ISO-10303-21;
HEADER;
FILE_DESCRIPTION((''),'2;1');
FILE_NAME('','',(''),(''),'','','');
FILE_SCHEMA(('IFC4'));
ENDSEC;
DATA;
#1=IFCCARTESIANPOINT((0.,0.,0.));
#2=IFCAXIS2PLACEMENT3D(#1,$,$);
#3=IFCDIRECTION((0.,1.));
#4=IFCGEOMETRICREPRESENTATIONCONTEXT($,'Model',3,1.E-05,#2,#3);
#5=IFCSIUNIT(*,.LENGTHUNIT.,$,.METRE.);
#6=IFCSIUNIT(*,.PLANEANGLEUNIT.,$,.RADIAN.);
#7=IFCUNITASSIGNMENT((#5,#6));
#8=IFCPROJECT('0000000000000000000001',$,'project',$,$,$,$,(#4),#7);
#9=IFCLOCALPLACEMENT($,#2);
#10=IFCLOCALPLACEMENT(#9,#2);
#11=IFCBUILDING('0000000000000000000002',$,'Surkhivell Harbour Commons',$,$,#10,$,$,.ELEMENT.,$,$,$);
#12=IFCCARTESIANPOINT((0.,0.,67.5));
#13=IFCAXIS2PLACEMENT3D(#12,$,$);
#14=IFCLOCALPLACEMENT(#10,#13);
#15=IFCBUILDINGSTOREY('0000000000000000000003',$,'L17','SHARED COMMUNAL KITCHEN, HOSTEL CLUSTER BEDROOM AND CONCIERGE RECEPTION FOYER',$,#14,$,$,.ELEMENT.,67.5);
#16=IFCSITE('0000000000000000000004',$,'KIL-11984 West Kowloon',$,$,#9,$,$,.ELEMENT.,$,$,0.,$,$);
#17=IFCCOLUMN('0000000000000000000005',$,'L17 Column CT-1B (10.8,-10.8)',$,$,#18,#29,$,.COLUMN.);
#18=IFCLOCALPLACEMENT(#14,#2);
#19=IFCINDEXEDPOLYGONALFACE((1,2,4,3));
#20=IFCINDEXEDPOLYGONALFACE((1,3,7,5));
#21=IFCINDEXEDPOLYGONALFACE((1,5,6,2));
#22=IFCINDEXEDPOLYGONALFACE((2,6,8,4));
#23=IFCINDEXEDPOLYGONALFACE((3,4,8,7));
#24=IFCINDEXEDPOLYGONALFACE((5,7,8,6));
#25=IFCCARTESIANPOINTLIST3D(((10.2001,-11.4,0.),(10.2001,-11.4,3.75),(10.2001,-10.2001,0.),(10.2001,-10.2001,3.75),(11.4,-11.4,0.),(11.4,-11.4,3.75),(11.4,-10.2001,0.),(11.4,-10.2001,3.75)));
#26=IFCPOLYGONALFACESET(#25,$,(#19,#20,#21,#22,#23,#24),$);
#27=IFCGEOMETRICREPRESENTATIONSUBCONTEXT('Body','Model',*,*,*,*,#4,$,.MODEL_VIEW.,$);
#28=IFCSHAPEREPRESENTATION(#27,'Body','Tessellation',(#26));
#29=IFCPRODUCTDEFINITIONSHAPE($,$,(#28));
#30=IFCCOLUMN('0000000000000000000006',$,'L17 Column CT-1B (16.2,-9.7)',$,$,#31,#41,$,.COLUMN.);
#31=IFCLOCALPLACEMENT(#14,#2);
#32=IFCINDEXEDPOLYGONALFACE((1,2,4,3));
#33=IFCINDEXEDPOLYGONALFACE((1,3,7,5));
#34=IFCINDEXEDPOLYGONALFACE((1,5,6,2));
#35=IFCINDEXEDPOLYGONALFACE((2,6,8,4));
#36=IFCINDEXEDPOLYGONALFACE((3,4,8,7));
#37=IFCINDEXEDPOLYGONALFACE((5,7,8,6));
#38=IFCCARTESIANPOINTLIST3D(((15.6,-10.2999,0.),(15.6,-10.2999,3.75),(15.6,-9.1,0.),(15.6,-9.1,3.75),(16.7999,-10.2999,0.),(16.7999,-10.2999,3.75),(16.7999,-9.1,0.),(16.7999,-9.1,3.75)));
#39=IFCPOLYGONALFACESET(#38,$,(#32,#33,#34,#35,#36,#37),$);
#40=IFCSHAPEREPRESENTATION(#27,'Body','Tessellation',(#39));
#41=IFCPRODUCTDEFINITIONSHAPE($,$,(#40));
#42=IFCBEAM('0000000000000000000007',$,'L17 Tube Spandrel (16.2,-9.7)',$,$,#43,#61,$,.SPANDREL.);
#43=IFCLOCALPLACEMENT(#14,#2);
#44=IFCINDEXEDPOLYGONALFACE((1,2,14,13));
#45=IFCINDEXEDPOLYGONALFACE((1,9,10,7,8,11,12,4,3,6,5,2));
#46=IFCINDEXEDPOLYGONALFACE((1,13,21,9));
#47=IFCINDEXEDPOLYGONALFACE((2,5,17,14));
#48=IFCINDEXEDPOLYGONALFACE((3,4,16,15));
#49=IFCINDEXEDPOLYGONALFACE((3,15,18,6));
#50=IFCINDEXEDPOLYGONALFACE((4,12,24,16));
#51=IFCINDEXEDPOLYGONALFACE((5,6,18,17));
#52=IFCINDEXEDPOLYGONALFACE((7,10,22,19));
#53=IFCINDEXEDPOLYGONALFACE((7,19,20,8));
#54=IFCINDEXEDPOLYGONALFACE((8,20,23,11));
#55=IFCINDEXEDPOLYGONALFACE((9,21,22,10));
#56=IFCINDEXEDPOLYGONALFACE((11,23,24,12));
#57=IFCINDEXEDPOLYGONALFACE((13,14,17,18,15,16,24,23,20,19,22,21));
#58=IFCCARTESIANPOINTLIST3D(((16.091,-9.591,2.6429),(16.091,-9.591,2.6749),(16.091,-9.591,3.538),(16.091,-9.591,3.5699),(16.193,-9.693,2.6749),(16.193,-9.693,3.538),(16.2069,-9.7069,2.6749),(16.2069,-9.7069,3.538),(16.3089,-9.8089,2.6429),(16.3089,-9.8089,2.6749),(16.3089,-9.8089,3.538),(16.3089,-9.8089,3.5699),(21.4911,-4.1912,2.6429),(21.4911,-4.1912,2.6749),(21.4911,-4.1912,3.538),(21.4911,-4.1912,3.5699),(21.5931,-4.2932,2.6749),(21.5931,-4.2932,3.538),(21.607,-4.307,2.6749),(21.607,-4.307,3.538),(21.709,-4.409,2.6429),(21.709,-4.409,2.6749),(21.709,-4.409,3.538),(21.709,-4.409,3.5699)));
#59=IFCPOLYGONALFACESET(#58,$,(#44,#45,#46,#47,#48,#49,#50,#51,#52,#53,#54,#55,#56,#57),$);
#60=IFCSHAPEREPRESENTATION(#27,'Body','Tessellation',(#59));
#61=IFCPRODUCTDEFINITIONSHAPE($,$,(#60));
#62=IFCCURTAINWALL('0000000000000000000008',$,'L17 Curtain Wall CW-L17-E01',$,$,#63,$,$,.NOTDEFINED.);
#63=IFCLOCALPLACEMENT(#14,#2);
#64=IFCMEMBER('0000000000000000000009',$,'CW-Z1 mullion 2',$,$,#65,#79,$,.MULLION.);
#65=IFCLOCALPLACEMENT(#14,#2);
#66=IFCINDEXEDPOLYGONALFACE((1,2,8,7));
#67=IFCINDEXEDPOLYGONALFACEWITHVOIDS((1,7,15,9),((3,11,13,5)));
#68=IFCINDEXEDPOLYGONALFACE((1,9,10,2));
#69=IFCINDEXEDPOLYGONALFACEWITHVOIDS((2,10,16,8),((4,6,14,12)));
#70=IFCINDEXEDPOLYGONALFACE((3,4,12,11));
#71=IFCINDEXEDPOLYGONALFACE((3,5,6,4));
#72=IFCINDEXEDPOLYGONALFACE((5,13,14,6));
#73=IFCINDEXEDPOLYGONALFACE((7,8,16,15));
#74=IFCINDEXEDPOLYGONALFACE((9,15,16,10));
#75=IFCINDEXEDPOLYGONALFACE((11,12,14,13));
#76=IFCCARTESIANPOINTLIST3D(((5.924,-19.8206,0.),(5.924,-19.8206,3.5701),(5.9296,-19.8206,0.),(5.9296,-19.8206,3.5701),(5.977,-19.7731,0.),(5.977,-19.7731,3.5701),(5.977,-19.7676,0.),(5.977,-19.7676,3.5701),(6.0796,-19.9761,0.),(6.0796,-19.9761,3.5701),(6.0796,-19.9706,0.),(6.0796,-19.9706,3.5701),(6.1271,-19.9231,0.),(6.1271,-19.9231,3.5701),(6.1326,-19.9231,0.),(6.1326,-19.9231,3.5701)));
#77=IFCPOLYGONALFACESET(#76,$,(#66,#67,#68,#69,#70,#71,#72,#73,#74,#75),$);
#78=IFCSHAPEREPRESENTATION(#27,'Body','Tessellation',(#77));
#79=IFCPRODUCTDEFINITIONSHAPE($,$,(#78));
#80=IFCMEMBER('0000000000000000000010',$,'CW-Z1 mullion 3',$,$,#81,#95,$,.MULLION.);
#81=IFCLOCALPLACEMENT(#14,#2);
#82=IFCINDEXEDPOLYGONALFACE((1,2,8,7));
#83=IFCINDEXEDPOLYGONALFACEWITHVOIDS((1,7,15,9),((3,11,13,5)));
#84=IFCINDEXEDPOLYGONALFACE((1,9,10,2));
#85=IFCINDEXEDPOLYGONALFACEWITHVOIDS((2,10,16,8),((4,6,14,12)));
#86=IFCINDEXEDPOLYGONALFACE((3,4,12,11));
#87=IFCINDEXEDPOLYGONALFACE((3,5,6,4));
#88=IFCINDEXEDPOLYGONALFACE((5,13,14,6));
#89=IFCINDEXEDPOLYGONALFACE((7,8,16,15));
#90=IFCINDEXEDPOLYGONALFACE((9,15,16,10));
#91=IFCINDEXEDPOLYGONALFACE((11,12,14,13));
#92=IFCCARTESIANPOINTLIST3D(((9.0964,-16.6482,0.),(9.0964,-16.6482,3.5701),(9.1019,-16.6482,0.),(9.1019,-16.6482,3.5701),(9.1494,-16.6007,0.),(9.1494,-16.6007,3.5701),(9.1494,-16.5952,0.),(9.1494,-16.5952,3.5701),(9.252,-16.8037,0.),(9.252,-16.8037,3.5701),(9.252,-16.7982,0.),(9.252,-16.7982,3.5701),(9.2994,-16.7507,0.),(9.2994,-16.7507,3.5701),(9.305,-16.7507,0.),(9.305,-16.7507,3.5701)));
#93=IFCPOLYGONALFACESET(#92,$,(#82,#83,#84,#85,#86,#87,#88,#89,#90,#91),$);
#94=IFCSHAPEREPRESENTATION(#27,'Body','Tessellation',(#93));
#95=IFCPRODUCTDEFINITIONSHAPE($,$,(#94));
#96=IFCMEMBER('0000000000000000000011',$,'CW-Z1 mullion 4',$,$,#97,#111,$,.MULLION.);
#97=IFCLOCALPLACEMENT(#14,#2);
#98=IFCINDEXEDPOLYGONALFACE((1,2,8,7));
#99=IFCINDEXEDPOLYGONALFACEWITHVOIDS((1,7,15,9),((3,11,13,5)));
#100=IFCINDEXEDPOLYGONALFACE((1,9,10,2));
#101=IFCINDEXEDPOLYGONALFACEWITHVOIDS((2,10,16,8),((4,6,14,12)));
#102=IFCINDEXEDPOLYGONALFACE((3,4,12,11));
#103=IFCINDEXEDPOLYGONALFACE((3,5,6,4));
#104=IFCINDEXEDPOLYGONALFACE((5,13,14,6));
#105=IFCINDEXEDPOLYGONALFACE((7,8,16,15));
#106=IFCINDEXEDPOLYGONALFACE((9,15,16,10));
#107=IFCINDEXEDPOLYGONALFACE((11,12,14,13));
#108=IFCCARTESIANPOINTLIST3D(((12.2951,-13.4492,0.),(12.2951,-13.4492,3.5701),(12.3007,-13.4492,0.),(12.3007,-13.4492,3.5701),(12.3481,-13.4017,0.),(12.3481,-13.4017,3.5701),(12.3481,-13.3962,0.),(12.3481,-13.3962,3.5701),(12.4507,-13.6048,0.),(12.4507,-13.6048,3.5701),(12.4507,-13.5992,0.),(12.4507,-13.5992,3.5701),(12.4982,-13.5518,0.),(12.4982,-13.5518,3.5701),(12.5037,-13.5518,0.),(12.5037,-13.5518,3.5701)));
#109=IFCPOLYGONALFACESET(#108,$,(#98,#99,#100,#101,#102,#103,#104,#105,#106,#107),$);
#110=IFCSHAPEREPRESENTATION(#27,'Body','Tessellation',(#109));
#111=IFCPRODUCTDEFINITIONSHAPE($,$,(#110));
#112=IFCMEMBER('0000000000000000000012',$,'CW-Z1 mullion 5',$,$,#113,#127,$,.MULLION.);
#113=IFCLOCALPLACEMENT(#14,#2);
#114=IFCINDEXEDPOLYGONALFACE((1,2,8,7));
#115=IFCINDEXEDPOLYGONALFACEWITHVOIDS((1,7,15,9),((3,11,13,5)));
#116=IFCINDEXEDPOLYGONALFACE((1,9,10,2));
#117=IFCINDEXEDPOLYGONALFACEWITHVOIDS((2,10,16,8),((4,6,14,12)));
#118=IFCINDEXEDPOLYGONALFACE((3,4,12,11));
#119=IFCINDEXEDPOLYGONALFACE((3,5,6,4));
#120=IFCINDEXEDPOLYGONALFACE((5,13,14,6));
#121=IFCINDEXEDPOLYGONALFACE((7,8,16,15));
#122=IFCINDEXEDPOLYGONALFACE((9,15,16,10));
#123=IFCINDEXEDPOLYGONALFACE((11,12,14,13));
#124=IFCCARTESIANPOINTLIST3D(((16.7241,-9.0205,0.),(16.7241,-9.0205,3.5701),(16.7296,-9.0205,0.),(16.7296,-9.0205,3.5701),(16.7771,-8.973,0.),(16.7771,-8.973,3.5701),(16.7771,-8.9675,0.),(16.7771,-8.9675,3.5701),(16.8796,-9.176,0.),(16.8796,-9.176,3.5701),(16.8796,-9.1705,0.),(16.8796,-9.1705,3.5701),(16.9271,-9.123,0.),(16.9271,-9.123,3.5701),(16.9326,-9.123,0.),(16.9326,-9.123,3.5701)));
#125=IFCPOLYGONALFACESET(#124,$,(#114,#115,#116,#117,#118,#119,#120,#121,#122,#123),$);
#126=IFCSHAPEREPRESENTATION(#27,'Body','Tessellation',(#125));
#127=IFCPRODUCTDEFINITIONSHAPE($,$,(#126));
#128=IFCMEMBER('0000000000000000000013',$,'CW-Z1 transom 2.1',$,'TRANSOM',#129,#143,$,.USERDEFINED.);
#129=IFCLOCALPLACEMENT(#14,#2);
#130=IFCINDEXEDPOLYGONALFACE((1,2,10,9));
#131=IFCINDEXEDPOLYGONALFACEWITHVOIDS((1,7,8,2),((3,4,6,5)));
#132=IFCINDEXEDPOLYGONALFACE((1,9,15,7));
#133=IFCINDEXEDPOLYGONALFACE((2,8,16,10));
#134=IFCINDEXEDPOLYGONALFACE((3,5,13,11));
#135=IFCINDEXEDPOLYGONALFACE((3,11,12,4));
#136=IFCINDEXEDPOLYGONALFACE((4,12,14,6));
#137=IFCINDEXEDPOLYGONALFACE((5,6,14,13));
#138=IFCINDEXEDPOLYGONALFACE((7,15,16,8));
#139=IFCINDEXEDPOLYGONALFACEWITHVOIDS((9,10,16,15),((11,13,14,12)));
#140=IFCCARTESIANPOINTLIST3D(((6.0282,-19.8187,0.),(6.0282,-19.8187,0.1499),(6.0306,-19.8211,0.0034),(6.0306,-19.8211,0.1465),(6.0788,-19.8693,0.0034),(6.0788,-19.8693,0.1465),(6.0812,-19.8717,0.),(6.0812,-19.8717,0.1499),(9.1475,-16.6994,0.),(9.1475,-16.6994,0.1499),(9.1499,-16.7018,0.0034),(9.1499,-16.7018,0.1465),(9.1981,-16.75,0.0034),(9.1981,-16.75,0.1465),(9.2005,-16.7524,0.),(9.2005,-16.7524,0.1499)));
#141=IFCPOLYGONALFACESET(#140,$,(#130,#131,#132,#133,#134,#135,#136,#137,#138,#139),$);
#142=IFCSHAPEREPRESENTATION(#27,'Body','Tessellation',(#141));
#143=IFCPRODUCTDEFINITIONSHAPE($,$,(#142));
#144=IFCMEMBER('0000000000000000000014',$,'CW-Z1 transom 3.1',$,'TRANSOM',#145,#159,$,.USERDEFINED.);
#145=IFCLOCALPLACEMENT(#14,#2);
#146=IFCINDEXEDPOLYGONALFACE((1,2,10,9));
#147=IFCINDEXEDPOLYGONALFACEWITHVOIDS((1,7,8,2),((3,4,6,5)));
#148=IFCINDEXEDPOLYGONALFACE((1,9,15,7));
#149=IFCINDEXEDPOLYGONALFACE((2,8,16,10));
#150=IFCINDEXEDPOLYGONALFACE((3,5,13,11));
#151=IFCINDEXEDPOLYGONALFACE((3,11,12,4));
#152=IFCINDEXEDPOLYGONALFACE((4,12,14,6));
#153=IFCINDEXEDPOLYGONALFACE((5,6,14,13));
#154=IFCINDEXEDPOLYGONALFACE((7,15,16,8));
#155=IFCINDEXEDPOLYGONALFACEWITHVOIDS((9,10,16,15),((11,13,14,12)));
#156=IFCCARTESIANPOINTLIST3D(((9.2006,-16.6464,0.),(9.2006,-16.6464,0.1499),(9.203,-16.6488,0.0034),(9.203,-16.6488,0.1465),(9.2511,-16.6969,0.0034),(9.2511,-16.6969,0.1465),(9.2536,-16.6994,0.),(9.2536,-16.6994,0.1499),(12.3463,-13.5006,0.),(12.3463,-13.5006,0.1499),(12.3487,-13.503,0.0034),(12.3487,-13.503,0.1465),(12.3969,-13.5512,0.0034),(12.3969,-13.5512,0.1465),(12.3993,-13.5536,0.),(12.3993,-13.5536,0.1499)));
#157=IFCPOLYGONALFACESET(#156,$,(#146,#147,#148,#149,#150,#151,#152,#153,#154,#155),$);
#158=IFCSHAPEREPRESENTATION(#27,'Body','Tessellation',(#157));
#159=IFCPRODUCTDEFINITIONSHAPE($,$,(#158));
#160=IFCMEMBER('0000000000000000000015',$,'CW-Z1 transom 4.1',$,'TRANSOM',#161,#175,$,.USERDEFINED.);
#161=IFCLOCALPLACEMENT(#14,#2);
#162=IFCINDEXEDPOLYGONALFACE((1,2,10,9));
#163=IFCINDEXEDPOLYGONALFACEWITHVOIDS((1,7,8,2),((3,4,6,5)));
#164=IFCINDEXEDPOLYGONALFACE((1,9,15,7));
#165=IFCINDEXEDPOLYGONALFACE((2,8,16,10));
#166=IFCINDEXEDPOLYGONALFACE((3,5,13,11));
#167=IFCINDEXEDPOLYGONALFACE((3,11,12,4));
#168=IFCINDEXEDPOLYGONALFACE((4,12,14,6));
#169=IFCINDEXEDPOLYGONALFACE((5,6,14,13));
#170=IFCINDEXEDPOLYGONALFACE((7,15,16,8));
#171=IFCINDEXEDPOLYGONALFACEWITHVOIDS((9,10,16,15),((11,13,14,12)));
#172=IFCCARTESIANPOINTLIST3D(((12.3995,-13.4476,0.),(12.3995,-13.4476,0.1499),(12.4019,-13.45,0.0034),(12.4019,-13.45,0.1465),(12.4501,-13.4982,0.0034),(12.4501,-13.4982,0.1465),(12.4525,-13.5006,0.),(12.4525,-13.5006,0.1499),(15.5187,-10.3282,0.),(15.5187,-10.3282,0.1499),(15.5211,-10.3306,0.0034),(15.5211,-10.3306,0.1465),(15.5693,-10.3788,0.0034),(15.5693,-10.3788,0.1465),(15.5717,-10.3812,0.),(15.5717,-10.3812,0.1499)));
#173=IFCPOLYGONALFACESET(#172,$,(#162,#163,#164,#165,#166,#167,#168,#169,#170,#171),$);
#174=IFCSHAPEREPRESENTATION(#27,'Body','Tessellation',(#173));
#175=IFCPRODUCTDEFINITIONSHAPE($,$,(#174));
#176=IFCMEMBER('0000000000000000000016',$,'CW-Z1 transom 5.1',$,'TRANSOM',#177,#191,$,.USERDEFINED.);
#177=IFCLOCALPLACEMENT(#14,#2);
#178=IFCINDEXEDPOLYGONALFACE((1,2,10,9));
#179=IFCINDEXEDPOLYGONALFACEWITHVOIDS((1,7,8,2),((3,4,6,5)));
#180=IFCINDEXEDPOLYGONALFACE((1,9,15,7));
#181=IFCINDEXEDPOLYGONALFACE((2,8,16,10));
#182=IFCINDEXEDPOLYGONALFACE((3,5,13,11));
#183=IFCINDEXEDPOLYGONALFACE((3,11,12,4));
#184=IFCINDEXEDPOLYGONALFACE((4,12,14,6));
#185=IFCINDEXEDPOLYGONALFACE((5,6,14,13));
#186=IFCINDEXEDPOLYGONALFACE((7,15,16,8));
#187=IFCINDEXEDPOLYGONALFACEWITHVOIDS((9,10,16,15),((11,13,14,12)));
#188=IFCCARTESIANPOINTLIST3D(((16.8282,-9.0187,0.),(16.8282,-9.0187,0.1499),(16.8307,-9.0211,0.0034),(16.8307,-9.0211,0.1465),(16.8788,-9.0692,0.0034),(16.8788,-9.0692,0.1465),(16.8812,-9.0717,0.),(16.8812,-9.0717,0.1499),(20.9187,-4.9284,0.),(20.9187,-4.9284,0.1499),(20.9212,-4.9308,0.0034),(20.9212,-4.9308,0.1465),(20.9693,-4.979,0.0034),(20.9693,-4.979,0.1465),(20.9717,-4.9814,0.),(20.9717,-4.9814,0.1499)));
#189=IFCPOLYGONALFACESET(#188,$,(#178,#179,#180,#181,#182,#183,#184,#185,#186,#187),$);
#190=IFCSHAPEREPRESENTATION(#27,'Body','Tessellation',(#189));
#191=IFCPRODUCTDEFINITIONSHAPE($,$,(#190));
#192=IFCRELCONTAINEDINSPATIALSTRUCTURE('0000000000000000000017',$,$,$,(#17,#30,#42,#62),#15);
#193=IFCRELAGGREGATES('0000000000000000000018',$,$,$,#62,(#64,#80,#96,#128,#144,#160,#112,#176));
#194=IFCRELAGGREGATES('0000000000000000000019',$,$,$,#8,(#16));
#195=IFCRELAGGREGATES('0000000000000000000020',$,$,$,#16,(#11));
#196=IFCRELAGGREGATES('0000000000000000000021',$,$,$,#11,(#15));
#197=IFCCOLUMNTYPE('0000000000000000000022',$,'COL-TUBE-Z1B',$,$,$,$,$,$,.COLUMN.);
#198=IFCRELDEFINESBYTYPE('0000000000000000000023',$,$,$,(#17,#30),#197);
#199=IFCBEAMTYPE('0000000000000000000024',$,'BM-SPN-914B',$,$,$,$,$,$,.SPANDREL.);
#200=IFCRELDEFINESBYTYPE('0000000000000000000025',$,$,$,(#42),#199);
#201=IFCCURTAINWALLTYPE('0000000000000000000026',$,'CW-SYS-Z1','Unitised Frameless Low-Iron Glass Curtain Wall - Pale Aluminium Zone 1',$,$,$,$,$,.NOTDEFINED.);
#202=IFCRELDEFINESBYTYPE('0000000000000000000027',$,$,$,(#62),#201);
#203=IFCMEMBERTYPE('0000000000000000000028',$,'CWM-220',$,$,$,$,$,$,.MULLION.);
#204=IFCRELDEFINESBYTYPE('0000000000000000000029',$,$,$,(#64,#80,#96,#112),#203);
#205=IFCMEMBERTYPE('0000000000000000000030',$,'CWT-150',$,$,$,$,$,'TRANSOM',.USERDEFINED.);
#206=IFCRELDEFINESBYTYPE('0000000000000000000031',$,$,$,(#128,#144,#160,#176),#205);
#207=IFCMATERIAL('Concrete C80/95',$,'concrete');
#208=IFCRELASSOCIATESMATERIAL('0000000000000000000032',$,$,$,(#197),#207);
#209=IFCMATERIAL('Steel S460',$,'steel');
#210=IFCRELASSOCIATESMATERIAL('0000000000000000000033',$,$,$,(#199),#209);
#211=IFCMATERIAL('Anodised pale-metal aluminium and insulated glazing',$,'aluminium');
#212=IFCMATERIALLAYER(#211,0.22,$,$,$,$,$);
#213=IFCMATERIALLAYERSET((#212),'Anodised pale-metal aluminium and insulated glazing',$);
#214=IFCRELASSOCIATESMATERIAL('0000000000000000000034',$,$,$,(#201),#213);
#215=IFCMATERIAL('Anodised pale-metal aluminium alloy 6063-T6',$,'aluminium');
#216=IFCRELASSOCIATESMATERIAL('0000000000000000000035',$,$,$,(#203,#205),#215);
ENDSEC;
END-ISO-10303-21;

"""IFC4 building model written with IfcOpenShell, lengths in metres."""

from ifc_helpers import new_model, si_unit, direction, frame, origin, origin_2d, place, context, subcontext, project, spatial, rectangle, hollow_rectangle, i_section, extrude, material, layer, layer_set, material_profile, profile_set, type_object, element, aggregate, save


model = new_model("IFC4")

# Units and contexts
model_context = context("Model", 3, precision=1e-05, world=origin(), true_north=direction((0.0, 1.0)))
body_context = subcontext(model_context, "Body", "Model", "MODEL_VIEW")
ifc_project = project(units=[si_unit("LENGTHUNIT", "METRE"), si_unit("PLANEANGLEUNIT", "RADIAN")], contexts=[model_context])

# Site, building, storey
site_placement = place(None, origin())
site = spatial("IfcSite", under=ifc_project, at=site_placement, Name="KIL-11984 West Kowloon", CompositionType="ELEMENT", RefElevation=0.0)
building_placement = place(site_placement, origin())
building = spatial("IfcBuilding", under=site, at=building_placement, Name="Surkhivell Harbour Commons", CompositionType="ELEMENT")
storey_placement = place(building_placement, frame((0.0, 0.0, 67.5)))
storey = spatial("IfcBuildingStorey", under=building, at=storey_placement, Name="L17", Description="SHARED COMMUNAL KITCHEN, HOSTEL CLUSTER BEDROOM AND CONCIERGE RECEPTION FOYER", CompositionType="ELEMENT", Elevation=67.5)

# Columns
ifc_material_1 = material(Name="Concrete C80/95", Category="concrete")
ifc_material_profile_1 = material_profile(ifc_material_1, rectangle(XDim=1.2, YDim=1.2, at=origin_2d()), Name="RC-COL-1200x1200")
ifc_profile_set_1 = profile_set([ifc_material_profile_1], Name="Concrete C80/95")
column_type = type_object("IfcColumnType", Name="COL-TUBE-Z1B", PredefinedType="COLUMN", material=ifc_profile_set_1)
for number, where, z_axis, x_axis, name in (
    (1, (10.8, -10.8, 0.0), (0.0, 0.0, 1.0), (1.0, 0.0, 0.0), "L17 Column CT-1B (10.8,-10.8)"),
    (2, (16.2, -9.7, 0.0), (0.0, 0.0, 1.0), (1.0, 0.0, 0.0), "L17 Column CT-1B (16.2,-9.7)"),
):
    element("IfcColumn", number, at=place(storey_placement, frame(where, z_axis=z_axis, x_axis=x_axis)), inside=storey, type_object=column_type, Name=name, PredefinedType="COLUMN", context=body_context, shape_type="SweptSolid", body=[
        extrude(rectangle(XDim=1.2, YDim=1.2, at=origin_2d()), origin(), (0.0, 0.0, 1.0), 3.75),
    ])

# Beam
ifc_material_2 = material(Name="Steel S460", Category="steel")
ifc_material_profile_2 = material_profile(ifc_material_2, i_section(OverallWidth=0.3081, OverallDepth=0.927, WebThickness=0.0195, FlangeThickness=0.032, at=origin_2d()), Name="UB914x305x289")
ifc_profile_set_2 = profile_set([ifc_material_profile_2], Name="Steel S460")
beam_type = type_object("IfcBeamType", Name="BM-SPN-914B", PredefinedType="SPANDREL", material=ifc_profile_set_2)
beam_placement = place(storey_placement, frame((16.2, -9.7, 3.1064), z_axis=(0.707123, 0.707091, 0.0), x_axis=(-0.707091, 0.707123, 0.0)))
element("IfcBeam", 3, at=beam_placement, inside=storey, type_object=beam_type, Name="L17 Tube Spandrel (16.2,-9.7)", PredefinedType="SPANDREL", context=body_context, shape_type="SweptSolid", body=[
    extrude(i_section(OverallWidth=0.3081, OverallDepth=0.927, WebThickness=0.0195, FlangeThickness=0.032, at=origin_2d()), origin(), (0.0, 0.0, 1.0), 7.6367),
])

# Curtain wall, members
ifc_material_3 = material(Name="Anodised pale-metal aluminium and insulated glazing", Category="aluminium")
ifc_layer_1 = layer(ifc_material_3, 0.22)
ifc_layer_set_1 = layer_set([ifc_layer_1], Name="Anodised pale-metal aluminium and insulated glazing")
curtain_wall_type = type_object("IfcCurtainWallType", Name="CW-SYS-Z1", Description="Unitised Frameless Low-Iron Glass Curtain Wall - Pale Aluminium Zone 1", PredefinedType="NOTDEFINED", material=ifc_layer_set_1)
curtain_wall_placement = place(storey_placement, origin())
curtain_wall = element("IfcCurtainWall", 4, at=curtain_wall_placement, inside=storey, type_object=curtain_wall_type, Name="L17 Curtain Wall CW-L17-E01", PredefinedType="NOTDEFINED")
ifc_material_4 = material(Name="Anodised pale-metal aluminium alloy 6063-T6", Category="aluminium")
ifc_material_profile_3 = material_profile(ifc_material_4, hollow_rectangle(XDim=0.075, YDim=0.22, WallThickness=0.0039, at=origin_2d()), Name="ALU-MULL-75x220")
ifc_profile_set_3 = profile_set([ifc_material_profile_3], Name="Anodised pale-metal aluminium alloy 6063-T6")
member_type_1 = type_object("IfcMemberType", Name="CWM-220", PredefinedType="MULLION", material=ifc_profile_set_3)
member_1_placement = place(storey_placement, frame((6.0283, -19.8718, 0.0), z_axis=(0.0, 0.0, 1.0), x_axis=(0.707107, 0.707107, 0.0)))
member_1 = element("IfcMember", 5, at=member_1_placement, type_object=member_type_1, Name="CW-Z1 mullion 2", PredefinedType="MULLION", context=body_context, shape_type="SweptSolid", body=[
    extrude(hollow_rectangle(XDim=0.075, YDim=0.22, WallThickness=0.0039, at=origin_2d()), origin(), (0.0, 0.0, 1.0), 3.5701),
])
member_2_placement = place(storey_placement, frame((9.2007, -16.6995, 0.0), z_axis=(0.0, 0.0, 1.0), x_axis=(0.707107, 0.707107, 0.0)))
member_2 = element("IfcMember", 6, at=member_2_placement, type_object=member_type_1, Name="CW-Z1 mullion 3", PredefinedType="MULLION", context=body_context, shape_type="SweptSolid", body=[
    extrude(hollow_rectangle(XDim=0.075, YDim=0.22, WallThickness=0.0039, at=origin_2d()), origin(), (0.0, 0.0, 1.0), 3.5701),
])
member_3_placement = place(storey_placement, frame((12.3994, -13.5005, 0.0), z_axis=(0.0, 0.0, 1.0), x_axis=(0.707107, 0.707107, 0.0)))
member_3 = element("IfcMember", 7, at=member_3_placement, type_object=member_type_1, Name="CW-Z1 mullion 4", PredefinedType="MULLION", context=body_context, shape_type="SweptSolid", body=[
    extrude(hollow_rectangle(XDim=0.075, YDim=0.22, WallThickness=0.0039, at=origin_2d()), origin(), (0.0, 0.0, 1.0), 3.5701),
])
member_4_placement = place(storey_placement, frame((16.8284, -9.0718, 0.0), z_axis=(0.0, 0.0, 1.0), x_axis=(0.707107, 0.707107, 0.0)))
member_4 = element("IfcMember", 8, at=member_4_placement, type_object=member_type_1, Name="CW-Z1 mullion 5", PredefinedType="MULLION", context=body_context, shape_type="SweptSolid", body=[
    extrude(hollow_rectangle(XDim=0.075, YDim=0.22, WallThickness=0.0039, at=origin_2d()), origin(), (0.0, 0.0, 1.0), 3.5701),
])
ifc_material_profile_4 = material_profile(ifc_material_4, hollow_rectangle(XDim=0.075, YDim=0.1499, WallThickness=0.0034, at=origin_2d()), Name="ALU-TRAN-75x150")
ifc_profile_set_4 = profile_set([ifc_material_profile_4], Name="Anodised pale-metal aluminium alloy 6063-T6")
member_type_2 = type_object("IfcMemberType", Name="CWT-150", ElementType="TRANSOM", PredefinedType="USERDEFINED", material=ifc_profile_set_4)
member_5_placement = place(storey_placement, frame((6.0547, -19.8452, 0.075), z_axis=(0.707107, 0.707107, 0.0), x_axis=(-0.707107, 0.707107, 0.0)))
member_5 = element("IfcMember", 9, at=member_5_placement, type_object=member_type_2, Name="CW-Z1 transom 2.1", ObjectType="TRANSOM", PredefinedType="USERDEFINED", context=body_context, shape_type="SweptSolid", body=[
    extrude(hollow_rectangle(XDim=0.075, YDim=0.1499, WallThickness=0.0034, at=origin_2d()), origin(), (0.0, 0.0, 1.0), 4.4114),
])
member_6_placement = place(storey_placement, frame((9.2271, -16.6729, 0.075), z_axis=(0.707107, 0.707107, 0.0), x_axis=(-0.707107, 0.707107, 0.0)))
member_6 = element("IfcMember", 10, at=member_6_placement, type_object=member_type_2, Name="CW-Z1 transom 3.1", ObjectType="TRANSOM", PredefinedType="USERDEFINED", context=body_context, shape_type="SweptSolid", body=[
    extrude(hollow_rectangle(XDim=0.075, YDim=0.1499, WallThickness=0.0034, at=origin_2d()), origin(), (0.0, 0.0, 1.0), 4.4487),
])
member_7_placement = place(storey_placement, frame((12.426, -13.4741, 0.075), z_axis=(0.707079, 0.707134, 0.0), x_axis=(-0.707134, 0.707079, 0.0)))
member_7 = element("IfcMember", 11, at=member_7_placement, type_object=member_type_2, Name="CW-Z1 transom 4.1", ObjectType="TRANSOM", PredefinedType="USERDEFINED", context=body_context, shape_type="SweptSolid", body=[
    extrude(hollow_rectangle(XDim=0.075, YDim=0.1499, WallThickness=0.0034, at=origin_2d()), origin(), (0.0, 0.0, 1.0), 4.4114),
])
member_8_placement = place(storey_placement, frame((16.8547, -9.0452, 0.075), z_axis=(0.707128, 0.707086, 0.0), x_axis=(-0.707086, 0.707128, 0.0)))
member_8 = element("IfcMember", 12, at=member_8_placement, type_object=member_type_2, Name="CW-Z1 transom 5.1", ObjectType="TRANSOM", PredefinedType="USERDEFINED", context=body_context, shape_type="SweptSolid", body=[
    extrude(hollow_rectangle(XDim=0.075, YDim=0.1499, WallThickness=0.0034, at=origin_2d()), origin(), (0.0, 0.0, 1.0), 5.7847),
])
aggregate(curtain_wall, [member_1, member_2, member_3, member_5, member_6, member_7, member_4, member_8])

save(model, "model.ifc")
